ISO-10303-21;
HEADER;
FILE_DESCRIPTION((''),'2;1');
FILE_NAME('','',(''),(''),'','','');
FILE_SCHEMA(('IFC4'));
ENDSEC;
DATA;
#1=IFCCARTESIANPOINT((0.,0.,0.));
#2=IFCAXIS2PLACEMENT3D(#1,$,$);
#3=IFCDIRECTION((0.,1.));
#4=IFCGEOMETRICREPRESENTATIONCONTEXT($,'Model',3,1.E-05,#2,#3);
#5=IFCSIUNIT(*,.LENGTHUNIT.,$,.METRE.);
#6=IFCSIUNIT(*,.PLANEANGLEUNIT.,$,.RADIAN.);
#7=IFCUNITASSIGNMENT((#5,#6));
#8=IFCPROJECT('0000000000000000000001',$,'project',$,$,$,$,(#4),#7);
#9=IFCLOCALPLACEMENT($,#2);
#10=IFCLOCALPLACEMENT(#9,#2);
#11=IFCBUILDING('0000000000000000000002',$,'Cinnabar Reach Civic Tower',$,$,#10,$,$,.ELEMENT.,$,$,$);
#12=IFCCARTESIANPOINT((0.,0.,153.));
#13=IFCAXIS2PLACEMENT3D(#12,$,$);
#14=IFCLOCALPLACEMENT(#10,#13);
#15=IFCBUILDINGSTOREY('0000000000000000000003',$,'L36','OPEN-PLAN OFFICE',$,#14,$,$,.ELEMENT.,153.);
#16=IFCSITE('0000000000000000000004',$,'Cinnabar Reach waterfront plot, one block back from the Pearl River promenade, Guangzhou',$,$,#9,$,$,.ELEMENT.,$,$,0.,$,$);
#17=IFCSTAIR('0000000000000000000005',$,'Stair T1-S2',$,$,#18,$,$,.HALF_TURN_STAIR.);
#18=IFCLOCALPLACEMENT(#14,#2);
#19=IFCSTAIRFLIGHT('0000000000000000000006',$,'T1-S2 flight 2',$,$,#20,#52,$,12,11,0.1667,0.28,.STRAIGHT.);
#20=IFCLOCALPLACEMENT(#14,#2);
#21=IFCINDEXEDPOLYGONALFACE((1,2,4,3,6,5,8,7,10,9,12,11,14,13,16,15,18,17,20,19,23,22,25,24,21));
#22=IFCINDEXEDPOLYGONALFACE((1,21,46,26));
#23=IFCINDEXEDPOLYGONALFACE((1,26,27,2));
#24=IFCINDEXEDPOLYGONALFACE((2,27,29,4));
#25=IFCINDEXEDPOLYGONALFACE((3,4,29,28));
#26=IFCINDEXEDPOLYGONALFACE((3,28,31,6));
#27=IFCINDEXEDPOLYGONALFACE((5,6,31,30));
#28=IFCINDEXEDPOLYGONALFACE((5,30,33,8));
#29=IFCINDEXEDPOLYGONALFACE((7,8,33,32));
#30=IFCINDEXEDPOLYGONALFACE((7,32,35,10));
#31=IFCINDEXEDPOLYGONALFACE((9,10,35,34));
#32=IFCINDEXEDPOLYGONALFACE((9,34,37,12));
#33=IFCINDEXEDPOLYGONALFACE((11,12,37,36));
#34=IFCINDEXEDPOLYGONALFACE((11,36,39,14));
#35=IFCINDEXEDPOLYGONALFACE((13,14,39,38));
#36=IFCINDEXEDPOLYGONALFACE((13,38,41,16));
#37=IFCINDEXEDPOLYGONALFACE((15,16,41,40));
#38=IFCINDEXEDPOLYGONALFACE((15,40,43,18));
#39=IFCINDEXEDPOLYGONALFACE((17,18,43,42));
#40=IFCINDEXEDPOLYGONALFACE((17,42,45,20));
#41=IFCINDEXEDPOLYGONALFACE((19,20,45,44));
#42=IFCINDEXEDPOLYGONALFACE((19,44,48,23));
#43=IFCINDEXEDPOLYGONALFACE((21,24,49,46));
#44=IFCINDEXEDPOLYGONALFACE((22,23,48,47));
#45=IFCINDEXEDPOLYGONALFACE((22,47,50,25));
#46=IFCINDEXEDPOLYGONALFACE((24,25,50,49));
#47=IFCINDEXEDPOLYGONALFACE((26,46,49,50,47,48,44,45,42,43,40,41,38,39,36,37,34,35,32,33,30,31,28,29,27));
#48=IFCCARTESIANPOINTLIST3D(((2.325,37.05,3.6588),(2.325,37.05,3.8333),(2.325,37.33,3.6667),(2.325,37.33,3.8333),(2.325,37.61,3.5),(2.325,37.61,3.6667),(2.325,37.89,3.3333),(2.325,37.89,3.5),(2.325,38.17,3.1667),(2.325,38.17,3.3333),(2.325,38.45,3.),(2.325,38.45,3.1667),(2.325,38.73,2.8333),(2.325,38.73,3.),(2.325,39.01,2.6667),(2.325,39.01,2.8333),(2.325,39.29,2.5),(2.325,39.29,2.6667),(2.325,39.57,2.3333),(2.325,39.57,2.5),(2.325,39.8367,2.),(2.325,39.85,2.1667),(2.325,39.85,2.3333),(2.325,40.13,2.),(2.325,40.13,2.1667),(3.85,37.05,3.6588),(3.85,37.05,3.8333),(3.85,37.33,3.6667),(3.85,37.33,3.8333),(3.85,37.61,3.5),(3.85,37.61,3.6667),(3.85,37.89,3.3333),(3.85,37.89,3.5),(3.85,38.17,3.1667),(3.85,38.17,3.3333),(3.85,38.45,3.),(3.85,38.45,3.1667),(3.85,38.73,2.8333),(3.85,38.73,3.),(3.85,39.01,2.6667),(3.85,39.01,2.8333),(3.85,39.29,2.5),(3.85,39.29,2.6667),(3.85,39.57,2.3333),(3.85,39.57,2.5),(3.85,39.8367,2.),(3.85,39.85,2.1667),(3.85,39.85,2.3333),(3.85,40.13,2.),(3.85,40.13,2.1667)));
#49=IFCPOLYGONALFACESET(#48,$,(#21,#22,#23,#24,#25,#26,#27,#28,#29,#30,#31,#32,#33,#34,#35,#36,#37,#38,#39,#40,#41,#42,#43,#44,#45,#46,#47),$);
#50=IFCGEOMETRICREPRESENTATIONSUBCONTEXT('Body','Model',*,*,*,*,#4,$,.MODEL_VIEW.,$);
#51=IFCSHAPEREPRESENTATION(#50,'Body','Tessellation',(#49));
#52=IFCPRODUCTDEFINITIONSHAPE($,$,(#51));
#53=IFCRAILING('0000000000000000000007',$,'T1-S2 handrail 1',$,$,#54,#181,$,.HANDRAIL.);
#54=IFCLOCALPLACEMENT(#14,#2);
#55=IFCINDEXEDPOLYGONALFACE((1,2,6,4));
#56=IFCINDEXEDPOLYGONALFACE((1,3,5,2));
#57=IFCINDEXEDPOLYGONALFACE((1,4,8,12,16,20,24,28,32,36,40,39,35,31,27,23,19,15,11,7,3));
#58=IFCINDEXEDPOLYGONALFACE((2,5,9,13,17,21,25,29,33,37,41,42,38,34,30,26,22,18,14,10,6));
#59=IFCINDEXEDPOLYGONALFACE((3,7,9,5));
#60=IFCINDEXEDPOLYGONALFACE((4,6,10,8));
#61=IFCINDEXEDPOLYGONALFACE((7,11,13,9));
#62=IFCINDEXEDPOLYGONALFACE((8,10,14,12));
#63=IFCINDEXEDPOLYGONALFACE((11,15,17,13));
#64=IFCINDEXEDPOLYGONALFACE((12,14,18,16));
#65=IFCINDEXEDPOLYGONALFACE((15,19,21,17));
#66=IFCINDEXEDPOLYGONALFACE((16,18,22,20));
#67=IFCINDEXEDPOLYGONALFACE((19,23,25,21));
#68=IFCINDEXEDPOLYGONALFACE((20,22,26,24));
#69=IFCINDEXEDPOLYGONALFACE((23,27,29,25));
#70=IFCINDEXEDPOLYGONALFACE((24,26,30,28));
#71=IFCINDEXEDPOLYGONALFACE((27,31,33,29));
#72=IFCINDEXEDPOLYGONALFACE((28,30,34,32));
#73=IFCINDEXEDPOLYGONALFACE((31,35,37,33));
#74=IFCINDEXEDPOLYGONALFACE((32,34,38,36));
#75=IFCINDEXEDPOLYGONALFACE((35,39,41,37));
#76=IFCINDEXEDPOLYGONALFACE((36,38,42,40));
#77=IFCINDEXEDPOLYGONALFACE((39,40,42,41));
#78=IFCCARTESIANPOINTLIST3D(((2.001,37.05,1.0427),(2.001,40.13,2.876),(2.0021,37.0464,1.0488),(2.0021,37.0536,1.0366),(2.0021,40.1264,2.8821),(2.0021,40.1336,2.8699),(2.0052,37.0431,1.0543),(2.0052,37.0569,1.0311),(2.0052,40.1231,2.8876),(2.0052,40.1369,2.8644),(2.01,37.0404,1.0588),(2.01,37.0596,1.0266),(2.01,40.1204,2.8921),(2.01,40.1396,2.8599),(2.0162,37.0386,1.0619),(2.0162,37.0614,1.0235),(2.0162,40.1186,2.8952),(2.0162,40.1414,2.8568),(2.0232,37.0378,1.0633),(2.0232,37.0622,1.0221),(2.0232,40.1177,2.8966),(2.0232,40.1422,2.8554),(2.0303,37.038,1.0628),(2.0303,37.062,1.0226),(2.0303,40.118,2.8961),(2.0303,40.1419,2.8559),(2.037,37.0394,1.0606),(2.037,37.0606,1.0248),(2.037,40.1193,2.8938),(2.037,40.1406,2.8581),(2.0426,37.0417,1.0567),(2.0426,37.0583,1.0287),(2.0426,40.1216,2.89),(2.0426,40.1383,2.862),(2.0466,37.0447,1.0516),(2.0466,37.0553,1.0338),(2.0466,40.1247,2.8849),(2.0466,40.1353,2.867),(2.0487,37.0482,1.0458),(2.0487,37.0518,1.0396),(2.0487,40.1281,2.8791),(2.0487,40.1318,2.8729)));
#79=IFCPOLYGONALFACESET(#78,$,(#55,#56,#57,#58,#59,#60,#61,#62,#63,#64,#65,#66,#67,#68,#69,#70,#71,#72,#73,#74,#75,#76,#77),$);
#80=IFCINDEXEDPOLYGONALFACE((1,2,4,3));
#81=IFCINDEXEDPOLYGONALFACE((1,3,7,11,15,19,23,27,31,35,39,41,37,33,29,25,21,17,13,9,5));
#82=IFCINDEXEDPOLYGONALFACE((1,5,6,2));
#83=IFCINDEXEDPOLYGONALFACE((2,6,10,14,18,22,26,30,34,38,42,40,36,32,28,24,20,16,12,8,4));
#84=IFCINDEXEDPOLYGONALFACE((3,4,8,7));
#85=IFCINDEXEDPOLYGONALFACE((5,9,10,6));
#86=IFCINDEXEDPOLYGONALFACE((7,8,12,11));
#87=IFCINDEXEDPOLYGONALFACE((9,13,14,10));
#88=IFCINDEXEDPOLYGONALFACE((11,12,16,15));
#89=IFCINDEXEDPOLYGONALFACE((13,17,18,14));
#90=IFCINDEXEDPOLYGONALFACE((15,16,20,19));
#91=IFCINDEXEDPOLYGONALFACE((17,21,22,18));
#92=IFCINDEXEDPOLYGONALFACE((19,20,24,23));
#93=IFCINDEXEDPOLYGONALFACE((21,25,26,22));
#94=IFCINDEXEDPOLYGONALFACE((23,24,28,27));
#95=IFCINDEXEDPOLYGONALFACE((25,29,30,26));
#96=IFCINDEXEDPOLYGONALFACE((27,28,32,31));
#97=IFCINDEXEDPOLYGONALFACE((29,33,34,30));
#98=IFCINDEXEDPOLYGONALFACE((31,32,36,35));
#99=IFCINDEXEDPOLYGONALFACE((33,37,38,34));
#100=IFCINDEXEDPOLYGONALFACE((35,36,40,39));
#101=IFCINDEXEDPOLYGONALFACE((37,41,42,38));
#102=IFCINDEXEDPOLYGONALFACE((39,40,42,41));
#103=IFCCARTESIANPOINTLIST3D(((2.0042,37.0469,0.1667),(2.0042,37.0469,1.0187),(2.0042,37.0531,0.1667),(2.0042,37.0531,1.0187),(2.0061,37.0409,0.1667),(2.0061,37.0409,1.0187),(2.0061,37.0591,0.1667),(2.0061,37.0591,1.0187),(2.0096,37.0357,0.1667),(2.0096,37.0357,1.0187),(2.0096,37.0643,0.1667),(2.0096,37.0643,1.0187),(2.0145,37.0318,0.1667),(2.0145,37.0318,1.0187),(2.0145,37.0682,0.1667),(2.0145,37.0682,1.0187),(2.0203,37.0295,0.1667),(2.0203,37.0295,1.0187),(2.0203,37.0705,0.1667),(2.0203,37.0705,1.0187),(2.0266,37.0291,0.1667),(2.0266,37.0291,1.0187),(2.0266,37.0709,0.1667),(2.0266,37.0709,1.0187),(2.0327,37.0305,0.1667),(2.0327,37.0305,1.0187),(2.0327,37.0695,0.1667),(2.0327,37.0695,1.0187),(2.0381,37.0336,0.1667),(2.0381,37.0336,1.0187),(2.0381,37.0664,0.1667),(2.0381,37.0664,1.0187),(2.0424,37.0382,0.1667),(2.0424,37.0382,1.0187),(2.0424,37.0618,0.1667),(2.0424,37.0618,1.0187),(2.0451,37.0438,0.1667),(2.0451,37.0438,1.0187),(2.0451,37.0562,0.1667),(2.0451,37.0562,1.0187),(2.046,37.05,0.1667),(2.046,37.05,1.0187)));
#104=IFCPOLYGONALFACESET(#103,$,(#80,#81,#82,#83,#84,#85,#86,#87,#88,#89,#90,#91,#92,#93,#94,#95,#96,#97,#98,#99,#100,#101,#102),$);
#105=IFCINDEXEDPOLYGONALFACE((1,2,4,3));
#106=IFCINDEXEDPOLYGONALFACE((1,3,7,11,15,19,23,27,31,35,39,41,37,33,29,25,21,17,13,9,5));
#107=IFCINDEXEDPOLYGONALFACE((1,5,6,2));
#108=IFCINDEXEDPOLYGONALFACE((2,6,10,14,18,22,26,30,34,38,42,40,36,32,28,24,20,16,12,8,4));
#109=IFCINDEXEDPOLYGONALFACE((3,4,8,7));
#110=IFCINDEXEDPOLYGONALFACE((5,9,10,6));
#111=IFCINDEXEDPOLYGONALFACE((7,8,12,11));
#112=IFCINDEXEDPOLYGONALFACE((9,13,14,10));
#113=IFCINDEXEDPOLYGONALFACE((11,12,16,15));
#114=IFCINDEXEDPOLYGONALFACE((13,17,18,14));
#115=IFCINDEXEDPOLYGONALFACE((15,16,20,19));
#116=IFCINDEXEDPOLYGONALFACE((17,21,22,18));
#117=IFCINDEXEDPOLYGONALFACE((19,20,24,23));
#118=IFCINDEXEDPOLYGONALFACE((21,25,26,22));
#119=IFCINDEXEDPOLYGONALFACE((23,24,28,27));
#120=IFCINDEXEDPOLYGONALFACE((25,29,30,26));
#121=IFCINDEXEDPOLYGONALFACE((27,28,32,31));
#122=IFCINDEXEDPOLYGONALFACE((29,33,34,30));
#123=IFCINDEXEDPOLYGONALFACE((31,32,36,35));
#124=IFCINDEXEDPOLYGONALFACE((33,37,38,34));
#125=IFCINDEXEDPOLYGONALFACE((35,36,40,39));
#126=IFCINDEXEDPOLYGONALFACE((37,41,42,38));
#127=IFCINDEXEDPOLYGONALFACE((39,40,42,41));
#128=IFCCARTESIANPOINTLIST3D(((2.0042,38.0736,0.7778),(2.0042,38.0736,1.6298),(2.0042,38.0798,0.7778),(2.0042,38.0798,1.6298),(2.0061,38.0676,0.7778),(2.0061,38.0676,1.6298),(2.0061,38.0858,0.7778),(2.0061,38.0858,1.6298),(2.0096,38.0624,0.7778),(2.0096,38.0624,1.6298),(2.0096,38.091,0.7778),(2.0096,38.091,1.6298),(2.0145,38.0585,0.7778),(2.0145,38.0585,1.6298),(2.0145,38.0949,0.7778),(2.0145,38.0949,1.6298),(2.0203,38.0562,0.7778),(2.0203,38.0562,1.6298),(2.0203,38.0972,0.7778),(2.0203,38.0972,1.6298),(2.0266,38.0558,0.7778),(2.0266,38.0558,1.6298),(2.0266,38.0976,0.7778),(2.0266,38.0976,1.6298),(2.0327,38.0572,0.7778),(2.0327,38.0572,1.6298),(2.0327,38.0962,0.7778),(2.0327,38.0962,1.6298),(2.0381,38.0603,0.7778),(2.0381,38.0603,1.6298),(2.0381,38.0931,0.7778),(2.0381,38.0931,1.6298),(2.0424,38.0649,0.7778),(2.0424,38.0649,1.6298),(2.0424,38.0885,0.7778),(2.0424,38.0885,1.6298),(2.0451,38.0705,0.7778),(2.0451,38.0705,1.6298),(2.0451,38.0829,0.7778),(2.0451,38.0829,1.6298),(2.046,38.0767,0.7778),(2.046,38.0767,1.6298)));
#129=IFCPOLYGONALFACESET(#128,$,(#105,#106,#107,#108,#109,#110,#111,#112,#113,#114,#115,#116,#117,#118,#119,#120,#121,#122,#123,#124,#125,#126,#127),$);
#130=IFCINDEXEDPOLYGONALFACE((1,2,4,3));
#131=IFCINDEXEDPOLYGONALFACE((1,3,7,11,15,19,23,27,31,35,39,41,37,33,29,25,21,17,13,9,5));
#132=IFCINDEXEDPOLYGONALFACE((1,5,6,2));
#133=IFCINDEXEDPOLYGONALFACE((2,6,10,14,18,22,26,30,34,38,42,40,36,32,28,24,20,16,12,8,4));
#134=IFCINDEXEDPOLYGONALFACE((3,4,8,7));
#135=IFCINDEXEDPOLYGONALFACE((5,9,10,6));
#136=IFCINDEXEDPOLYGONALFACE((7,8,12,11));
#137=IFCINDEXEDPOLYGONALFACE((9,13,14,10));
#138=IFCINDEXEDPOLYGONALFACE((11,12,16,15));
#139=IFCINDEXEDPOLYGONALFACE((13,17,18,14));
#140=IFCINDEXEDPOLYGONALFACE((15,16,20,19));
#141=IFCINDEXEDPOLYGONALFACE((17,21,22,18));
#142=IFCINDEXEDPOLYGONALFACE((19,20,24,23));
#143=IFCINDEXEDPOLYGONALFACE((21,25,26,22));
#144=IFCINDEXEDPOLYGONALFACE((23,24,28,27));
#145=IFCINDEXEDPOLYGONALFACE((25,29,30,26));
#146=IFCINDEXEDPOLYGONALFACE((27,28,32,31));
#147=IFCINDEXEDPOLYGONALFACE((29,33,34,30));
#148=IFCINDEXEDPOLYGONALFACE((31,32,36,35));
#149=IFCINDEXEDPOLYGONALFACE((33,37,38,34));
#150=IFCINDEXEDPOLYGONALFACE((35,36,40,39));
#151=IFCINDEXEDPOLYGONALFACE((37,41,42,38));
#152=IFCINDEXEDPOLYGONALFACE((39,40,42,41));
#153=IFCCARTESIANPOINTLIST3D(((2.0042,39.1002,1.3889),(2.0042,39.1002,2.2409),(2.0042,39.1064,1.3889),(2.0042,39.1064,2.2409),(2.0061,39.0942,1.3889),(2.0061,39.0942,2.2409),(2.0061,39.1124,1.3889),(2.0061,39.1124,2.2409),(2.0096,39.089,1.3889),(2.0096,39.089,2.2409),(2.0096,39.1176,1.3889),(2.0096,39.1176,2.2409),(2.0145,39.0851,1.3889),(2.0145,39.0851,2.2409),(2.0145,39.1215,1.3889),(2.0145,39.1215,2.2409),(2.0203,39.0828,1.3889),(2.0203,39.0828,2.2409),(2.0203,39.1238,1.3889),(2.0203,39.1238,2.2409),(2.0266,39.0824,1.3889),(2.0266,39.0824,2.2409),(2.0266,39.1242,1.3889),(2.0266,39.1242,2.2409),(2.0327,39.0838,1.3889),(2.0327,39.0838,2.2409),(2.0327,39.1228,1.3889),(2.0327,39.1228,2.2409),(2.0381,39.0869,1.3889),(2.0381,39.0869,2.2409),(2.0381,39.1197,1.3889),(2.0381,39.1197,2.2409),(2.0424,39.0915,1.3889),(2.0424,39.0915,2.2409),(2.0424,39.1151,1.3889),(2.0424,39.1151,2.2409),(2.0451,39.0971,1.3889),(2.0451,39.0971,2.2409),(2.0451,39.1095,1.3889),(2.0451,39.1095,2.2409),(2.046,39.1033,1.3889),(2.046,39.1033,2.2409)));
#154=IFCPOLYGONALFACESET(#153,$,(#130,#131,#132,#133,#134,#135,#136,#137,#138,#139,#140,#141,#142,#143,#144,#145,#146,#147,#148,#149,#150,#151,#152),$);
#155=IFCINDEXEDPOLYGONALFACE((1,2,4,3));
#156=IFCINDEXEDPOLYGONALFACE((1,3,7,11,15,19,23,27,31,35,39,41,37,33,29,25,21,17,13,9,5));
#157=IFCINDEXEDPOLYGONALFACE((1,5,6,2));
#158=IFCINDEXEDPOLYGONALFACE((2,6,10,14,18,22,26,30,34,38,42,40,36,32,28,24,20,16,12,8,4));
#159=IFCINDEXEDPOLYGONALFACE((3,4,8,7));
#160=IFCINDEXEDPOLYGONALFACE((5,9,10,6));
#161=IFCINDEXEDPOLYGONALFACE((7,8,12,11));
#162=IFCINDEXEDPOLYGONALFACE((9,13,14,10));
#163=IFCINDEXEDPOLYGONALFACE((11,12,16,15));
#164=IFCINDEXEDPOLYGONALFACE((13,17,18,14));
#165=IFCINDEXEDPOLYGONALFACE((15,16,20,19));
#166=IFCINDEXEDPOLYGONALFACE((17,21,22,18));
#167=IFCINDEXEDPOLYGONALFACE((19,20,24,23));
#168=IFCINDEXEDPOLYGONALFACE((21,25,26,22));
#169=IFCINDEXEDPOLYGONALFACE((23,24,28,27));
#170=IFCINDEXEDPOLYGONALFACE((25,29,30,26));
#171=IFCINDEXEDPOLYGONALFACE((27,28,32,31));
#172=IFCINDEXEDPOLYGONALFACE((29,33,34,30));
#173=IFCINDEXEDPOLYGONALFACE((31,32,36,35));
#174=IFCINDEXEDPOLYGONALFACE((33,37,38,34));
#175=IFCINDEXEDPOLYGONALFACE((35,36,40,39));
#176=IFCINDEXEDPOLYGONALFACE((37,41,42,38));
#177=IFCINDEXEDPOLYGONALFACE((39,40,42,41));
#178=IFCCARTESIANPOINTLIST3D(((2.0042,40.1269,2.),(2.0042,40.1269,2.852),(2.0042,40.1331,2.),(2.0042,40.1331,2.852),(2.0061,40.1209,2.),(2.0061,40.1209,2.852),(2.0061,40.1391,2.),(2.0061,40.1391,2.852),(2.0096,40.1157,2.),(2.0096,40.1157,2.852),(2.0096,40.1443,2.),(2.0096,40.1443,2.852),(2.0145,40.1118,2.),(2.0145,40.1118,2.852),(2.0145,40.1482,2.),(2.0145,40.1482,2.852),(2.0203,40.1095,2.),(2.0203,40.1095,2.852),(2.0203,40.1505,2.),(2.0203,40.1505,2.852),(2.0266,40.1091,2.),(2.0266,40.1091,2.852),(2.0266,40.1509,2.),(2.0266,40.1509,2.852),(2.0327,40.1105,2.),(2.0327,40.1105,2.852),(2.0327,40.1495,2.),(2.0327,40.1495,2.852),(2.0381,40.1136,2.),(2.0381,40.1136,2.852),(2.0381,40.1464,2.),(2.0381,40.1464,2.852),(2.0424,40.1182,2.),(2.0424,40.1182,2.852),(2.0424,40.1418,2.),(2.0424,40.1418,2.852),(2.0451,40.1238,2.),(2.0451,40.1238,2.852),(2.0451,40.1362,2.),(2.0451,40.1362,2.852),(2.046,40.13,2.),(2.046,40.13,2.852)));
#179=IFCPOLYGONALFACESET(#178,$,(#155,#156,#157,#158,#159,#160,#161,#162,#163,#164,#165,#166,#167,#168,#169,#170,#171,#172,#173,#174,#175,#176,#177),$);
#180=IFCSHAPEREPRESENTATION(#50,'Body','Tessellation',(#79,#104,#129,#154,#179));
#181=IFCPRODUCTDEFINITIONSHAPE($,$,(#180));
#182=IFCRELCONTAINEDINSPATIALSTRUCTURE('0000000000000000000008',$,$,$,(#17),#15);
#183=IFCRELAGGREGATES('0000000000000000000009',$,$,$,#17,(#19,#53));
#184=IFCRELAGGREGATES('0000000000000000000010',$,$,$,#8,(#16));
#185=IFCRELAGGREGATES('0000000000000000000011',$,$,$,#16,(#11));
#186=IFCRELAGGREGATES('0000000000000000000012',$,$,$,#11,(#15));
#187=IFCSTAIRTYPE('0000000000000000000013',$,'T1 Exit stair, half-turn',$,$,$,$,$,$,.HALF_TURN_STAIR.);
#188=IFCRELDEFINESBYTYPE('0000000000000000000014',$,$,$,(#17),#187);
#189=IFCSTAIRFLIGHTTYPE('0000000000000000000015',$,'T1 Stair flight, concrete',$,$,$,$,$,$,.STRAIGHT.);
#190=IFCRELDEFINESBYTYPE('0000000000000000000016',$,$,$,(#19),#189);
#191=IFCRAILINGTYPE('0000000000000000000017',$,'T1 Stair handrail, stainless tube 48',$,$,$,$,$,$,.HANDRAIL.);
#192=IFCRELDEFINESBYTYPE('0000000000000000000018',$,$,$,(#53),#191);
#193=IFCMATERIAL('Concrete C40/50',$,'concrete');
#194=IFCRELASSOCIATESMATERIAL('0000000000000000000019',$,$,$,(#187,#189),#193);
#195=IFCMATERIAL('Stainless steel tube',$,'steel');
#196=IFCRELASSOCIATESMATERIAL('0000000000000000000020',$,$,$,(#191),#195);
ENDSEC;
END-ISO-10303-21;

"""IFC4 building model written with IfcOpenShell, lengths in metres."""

from ifc_helpers import new_model, si_unit, direction, frame, origin, origin_2d, place, context, subcontext, project, spatial, polyline, circle, outline, extrude, material, type_object, element, aggregate, save


model = new_model("IFC4")

# Units and contexts
model_context = context("Model", 3, precision=1e-05, world=origin(), true_north=direction((0.0, 1.0)))
body_context = subcontext(model_context, "Body", "Model", "MODEL_VIEW")
ifc_project = project(units=[si_unit("LENGTHUNIT", "METRE"), si_unit("PLANEANGLEUNIT", "RADIAN")], contexts=[model_context])

# Site, building, storey
site_placement = place(None, origin())
site = spatial("IfcSite", under=ifc_project, at=site_placement, Name="Cinnabar Reach waterfront plot, one block back from the Pearl River promenade, Guangzhou", CompositionType="ELEMENT", RefElevation=0.0)
building_placement = place(site_placement, origin())
building = spatial("IfcBuilding", under=site, at=building_placement, Name="Cinnabar Reach Civic Tower", CompositionType="ELEMENT")
storey_placement = place(building_placement, frame((0.0, 0.0, 153.0)))
storey = spatial("IfcBuildingStorey", under=building, at=storey_placement, Name="L36", Description="OPEN-PLAN OFFICE", CompositionType="ELEMENT", Elevation=153.0)

# Shared definitions
ifc_material_1 = material(Name="Concrete C40/50", Category="concrete")

# Stair, stair flight, railing
stair_type = type_object("IfcStairType", Name="T1 Exit stair, half-turn", PredefinedType="HALF_TURN_STAIR", material=ifc_material_1)
stair_placement = place(storey_placement, origin())
stair = element("IfcStair", 1, at=stair_placement, inside=storey, type_object=stair_type, Name="Stair T1-S2", PredefinedType="HALF_TURN_STAIR")
stair_flight_type = type_object("IfcStairFlightType", Name="T1 Stair flight, concrete", PredefinedType="STRAIGHT", material=ifc_material_1)
stair_flight_1_placement = place(storey_placement, frame((3.0875, 40.13, 2.0), z_axis=(0.0, 0.0, 1.0), x_axis=(0.0, -1.0, 0.0)))
stair_flight_1 = element("IfcStairFlight", 2, at=stair_flight_1_placement, type_object=stair_flight_type, Name="T1-S2 flight 2", NumberOfRisers=12, NumberOfTreads=11, PredefinedType="STRAIGHT", RiserHeight=0.1667, TreadLength=0.28, context=body_context, shape_type="SweptSolid", body=[
    extrude(outline(polyline([(0.0, 0.0), (0.0, 0.1667), (0.28, 0.1667), (0.28, 0.3333), (0.56, 0.3333), (0.56, 0.5), (0.84, 0.5), (0.84, 0.6667), (1.12, 0.6667), (1.12, 0.8333), (1.4, 0.8333), (1.4, 1.0), (1.68, 1.0), (1.68, 1.1667), (1.96, 1.1667), (1.96, 1.3333), (2.24, 1.3333), (2.24, 1.5), (2.52, 1.5), (2.52, 1.6667), (2.8, 1.6667), (2.8, 1.8333), (3.08, 1.8333), (3.08, 2.0), (3.08, 1.6588), (0.2933, 0.0), (0.0, 0.0)])), frame((0.0, 0.7625, 0.0), z_axis=(0.0, -1.0, 0.0), x_axis=(1.0, 0.0, 0.0)), (0.0, 0.0, 1.0), 1.525),
])
ifc_material_2 = material(Name="Stainless steel tube", Category="steel")
railing_type = type_object("IfcRailingType", Name="T1 Stair handrail, stainless tube 48", PredefinedType="HANDRAIL", material=ifc_material_2)
railing_1_placement = place(storey_placement, frame((2.025, 37.05, 0.1667)))
railing_1 = element("IfcRailing", 3, at=railing_1_placement, type_object=railing_type, Name="T1-S2 handrail 1", PredefinedType="HANDRAIL", context=body_context, shape_type="SweptSolid", body=[
    extrude(circle(Radius=0.024, at=origin_2d()), frame((0.0, 0.0, 0.876), z_axis=(0.0, 0.859297, 0.511477), x_axis=(-1.0, 0.0, 0.0)), (0.0, 0.0, 1.0), 3.5843),
    extrude(circle(Radius=0.021, at=origin_2d()), origin(), (0.0, 0.0, 1.0), 0.852),
    extrude(circle(Radius=0.021, at=origin_2d()), frame((0.0, 1.0267, 0.6111)), (0.0, 0.0, 1.0), 0.852),
    extrude(circle(Radius=0.021, at=origin_2d()), frame((0.0, 2.0533, 1.2222)), (0.0, 0.0, 1.0), 0.852),
    extrude(circle(Radius=0.021, at=origin_2d()), frame((0.0, 3.08, 1.8333)), (0.0, 0.0, 1.0), 0.852),
])
aggregate(stair, [stair_flight_1, railing_1])

save(model, "model.ifc")
